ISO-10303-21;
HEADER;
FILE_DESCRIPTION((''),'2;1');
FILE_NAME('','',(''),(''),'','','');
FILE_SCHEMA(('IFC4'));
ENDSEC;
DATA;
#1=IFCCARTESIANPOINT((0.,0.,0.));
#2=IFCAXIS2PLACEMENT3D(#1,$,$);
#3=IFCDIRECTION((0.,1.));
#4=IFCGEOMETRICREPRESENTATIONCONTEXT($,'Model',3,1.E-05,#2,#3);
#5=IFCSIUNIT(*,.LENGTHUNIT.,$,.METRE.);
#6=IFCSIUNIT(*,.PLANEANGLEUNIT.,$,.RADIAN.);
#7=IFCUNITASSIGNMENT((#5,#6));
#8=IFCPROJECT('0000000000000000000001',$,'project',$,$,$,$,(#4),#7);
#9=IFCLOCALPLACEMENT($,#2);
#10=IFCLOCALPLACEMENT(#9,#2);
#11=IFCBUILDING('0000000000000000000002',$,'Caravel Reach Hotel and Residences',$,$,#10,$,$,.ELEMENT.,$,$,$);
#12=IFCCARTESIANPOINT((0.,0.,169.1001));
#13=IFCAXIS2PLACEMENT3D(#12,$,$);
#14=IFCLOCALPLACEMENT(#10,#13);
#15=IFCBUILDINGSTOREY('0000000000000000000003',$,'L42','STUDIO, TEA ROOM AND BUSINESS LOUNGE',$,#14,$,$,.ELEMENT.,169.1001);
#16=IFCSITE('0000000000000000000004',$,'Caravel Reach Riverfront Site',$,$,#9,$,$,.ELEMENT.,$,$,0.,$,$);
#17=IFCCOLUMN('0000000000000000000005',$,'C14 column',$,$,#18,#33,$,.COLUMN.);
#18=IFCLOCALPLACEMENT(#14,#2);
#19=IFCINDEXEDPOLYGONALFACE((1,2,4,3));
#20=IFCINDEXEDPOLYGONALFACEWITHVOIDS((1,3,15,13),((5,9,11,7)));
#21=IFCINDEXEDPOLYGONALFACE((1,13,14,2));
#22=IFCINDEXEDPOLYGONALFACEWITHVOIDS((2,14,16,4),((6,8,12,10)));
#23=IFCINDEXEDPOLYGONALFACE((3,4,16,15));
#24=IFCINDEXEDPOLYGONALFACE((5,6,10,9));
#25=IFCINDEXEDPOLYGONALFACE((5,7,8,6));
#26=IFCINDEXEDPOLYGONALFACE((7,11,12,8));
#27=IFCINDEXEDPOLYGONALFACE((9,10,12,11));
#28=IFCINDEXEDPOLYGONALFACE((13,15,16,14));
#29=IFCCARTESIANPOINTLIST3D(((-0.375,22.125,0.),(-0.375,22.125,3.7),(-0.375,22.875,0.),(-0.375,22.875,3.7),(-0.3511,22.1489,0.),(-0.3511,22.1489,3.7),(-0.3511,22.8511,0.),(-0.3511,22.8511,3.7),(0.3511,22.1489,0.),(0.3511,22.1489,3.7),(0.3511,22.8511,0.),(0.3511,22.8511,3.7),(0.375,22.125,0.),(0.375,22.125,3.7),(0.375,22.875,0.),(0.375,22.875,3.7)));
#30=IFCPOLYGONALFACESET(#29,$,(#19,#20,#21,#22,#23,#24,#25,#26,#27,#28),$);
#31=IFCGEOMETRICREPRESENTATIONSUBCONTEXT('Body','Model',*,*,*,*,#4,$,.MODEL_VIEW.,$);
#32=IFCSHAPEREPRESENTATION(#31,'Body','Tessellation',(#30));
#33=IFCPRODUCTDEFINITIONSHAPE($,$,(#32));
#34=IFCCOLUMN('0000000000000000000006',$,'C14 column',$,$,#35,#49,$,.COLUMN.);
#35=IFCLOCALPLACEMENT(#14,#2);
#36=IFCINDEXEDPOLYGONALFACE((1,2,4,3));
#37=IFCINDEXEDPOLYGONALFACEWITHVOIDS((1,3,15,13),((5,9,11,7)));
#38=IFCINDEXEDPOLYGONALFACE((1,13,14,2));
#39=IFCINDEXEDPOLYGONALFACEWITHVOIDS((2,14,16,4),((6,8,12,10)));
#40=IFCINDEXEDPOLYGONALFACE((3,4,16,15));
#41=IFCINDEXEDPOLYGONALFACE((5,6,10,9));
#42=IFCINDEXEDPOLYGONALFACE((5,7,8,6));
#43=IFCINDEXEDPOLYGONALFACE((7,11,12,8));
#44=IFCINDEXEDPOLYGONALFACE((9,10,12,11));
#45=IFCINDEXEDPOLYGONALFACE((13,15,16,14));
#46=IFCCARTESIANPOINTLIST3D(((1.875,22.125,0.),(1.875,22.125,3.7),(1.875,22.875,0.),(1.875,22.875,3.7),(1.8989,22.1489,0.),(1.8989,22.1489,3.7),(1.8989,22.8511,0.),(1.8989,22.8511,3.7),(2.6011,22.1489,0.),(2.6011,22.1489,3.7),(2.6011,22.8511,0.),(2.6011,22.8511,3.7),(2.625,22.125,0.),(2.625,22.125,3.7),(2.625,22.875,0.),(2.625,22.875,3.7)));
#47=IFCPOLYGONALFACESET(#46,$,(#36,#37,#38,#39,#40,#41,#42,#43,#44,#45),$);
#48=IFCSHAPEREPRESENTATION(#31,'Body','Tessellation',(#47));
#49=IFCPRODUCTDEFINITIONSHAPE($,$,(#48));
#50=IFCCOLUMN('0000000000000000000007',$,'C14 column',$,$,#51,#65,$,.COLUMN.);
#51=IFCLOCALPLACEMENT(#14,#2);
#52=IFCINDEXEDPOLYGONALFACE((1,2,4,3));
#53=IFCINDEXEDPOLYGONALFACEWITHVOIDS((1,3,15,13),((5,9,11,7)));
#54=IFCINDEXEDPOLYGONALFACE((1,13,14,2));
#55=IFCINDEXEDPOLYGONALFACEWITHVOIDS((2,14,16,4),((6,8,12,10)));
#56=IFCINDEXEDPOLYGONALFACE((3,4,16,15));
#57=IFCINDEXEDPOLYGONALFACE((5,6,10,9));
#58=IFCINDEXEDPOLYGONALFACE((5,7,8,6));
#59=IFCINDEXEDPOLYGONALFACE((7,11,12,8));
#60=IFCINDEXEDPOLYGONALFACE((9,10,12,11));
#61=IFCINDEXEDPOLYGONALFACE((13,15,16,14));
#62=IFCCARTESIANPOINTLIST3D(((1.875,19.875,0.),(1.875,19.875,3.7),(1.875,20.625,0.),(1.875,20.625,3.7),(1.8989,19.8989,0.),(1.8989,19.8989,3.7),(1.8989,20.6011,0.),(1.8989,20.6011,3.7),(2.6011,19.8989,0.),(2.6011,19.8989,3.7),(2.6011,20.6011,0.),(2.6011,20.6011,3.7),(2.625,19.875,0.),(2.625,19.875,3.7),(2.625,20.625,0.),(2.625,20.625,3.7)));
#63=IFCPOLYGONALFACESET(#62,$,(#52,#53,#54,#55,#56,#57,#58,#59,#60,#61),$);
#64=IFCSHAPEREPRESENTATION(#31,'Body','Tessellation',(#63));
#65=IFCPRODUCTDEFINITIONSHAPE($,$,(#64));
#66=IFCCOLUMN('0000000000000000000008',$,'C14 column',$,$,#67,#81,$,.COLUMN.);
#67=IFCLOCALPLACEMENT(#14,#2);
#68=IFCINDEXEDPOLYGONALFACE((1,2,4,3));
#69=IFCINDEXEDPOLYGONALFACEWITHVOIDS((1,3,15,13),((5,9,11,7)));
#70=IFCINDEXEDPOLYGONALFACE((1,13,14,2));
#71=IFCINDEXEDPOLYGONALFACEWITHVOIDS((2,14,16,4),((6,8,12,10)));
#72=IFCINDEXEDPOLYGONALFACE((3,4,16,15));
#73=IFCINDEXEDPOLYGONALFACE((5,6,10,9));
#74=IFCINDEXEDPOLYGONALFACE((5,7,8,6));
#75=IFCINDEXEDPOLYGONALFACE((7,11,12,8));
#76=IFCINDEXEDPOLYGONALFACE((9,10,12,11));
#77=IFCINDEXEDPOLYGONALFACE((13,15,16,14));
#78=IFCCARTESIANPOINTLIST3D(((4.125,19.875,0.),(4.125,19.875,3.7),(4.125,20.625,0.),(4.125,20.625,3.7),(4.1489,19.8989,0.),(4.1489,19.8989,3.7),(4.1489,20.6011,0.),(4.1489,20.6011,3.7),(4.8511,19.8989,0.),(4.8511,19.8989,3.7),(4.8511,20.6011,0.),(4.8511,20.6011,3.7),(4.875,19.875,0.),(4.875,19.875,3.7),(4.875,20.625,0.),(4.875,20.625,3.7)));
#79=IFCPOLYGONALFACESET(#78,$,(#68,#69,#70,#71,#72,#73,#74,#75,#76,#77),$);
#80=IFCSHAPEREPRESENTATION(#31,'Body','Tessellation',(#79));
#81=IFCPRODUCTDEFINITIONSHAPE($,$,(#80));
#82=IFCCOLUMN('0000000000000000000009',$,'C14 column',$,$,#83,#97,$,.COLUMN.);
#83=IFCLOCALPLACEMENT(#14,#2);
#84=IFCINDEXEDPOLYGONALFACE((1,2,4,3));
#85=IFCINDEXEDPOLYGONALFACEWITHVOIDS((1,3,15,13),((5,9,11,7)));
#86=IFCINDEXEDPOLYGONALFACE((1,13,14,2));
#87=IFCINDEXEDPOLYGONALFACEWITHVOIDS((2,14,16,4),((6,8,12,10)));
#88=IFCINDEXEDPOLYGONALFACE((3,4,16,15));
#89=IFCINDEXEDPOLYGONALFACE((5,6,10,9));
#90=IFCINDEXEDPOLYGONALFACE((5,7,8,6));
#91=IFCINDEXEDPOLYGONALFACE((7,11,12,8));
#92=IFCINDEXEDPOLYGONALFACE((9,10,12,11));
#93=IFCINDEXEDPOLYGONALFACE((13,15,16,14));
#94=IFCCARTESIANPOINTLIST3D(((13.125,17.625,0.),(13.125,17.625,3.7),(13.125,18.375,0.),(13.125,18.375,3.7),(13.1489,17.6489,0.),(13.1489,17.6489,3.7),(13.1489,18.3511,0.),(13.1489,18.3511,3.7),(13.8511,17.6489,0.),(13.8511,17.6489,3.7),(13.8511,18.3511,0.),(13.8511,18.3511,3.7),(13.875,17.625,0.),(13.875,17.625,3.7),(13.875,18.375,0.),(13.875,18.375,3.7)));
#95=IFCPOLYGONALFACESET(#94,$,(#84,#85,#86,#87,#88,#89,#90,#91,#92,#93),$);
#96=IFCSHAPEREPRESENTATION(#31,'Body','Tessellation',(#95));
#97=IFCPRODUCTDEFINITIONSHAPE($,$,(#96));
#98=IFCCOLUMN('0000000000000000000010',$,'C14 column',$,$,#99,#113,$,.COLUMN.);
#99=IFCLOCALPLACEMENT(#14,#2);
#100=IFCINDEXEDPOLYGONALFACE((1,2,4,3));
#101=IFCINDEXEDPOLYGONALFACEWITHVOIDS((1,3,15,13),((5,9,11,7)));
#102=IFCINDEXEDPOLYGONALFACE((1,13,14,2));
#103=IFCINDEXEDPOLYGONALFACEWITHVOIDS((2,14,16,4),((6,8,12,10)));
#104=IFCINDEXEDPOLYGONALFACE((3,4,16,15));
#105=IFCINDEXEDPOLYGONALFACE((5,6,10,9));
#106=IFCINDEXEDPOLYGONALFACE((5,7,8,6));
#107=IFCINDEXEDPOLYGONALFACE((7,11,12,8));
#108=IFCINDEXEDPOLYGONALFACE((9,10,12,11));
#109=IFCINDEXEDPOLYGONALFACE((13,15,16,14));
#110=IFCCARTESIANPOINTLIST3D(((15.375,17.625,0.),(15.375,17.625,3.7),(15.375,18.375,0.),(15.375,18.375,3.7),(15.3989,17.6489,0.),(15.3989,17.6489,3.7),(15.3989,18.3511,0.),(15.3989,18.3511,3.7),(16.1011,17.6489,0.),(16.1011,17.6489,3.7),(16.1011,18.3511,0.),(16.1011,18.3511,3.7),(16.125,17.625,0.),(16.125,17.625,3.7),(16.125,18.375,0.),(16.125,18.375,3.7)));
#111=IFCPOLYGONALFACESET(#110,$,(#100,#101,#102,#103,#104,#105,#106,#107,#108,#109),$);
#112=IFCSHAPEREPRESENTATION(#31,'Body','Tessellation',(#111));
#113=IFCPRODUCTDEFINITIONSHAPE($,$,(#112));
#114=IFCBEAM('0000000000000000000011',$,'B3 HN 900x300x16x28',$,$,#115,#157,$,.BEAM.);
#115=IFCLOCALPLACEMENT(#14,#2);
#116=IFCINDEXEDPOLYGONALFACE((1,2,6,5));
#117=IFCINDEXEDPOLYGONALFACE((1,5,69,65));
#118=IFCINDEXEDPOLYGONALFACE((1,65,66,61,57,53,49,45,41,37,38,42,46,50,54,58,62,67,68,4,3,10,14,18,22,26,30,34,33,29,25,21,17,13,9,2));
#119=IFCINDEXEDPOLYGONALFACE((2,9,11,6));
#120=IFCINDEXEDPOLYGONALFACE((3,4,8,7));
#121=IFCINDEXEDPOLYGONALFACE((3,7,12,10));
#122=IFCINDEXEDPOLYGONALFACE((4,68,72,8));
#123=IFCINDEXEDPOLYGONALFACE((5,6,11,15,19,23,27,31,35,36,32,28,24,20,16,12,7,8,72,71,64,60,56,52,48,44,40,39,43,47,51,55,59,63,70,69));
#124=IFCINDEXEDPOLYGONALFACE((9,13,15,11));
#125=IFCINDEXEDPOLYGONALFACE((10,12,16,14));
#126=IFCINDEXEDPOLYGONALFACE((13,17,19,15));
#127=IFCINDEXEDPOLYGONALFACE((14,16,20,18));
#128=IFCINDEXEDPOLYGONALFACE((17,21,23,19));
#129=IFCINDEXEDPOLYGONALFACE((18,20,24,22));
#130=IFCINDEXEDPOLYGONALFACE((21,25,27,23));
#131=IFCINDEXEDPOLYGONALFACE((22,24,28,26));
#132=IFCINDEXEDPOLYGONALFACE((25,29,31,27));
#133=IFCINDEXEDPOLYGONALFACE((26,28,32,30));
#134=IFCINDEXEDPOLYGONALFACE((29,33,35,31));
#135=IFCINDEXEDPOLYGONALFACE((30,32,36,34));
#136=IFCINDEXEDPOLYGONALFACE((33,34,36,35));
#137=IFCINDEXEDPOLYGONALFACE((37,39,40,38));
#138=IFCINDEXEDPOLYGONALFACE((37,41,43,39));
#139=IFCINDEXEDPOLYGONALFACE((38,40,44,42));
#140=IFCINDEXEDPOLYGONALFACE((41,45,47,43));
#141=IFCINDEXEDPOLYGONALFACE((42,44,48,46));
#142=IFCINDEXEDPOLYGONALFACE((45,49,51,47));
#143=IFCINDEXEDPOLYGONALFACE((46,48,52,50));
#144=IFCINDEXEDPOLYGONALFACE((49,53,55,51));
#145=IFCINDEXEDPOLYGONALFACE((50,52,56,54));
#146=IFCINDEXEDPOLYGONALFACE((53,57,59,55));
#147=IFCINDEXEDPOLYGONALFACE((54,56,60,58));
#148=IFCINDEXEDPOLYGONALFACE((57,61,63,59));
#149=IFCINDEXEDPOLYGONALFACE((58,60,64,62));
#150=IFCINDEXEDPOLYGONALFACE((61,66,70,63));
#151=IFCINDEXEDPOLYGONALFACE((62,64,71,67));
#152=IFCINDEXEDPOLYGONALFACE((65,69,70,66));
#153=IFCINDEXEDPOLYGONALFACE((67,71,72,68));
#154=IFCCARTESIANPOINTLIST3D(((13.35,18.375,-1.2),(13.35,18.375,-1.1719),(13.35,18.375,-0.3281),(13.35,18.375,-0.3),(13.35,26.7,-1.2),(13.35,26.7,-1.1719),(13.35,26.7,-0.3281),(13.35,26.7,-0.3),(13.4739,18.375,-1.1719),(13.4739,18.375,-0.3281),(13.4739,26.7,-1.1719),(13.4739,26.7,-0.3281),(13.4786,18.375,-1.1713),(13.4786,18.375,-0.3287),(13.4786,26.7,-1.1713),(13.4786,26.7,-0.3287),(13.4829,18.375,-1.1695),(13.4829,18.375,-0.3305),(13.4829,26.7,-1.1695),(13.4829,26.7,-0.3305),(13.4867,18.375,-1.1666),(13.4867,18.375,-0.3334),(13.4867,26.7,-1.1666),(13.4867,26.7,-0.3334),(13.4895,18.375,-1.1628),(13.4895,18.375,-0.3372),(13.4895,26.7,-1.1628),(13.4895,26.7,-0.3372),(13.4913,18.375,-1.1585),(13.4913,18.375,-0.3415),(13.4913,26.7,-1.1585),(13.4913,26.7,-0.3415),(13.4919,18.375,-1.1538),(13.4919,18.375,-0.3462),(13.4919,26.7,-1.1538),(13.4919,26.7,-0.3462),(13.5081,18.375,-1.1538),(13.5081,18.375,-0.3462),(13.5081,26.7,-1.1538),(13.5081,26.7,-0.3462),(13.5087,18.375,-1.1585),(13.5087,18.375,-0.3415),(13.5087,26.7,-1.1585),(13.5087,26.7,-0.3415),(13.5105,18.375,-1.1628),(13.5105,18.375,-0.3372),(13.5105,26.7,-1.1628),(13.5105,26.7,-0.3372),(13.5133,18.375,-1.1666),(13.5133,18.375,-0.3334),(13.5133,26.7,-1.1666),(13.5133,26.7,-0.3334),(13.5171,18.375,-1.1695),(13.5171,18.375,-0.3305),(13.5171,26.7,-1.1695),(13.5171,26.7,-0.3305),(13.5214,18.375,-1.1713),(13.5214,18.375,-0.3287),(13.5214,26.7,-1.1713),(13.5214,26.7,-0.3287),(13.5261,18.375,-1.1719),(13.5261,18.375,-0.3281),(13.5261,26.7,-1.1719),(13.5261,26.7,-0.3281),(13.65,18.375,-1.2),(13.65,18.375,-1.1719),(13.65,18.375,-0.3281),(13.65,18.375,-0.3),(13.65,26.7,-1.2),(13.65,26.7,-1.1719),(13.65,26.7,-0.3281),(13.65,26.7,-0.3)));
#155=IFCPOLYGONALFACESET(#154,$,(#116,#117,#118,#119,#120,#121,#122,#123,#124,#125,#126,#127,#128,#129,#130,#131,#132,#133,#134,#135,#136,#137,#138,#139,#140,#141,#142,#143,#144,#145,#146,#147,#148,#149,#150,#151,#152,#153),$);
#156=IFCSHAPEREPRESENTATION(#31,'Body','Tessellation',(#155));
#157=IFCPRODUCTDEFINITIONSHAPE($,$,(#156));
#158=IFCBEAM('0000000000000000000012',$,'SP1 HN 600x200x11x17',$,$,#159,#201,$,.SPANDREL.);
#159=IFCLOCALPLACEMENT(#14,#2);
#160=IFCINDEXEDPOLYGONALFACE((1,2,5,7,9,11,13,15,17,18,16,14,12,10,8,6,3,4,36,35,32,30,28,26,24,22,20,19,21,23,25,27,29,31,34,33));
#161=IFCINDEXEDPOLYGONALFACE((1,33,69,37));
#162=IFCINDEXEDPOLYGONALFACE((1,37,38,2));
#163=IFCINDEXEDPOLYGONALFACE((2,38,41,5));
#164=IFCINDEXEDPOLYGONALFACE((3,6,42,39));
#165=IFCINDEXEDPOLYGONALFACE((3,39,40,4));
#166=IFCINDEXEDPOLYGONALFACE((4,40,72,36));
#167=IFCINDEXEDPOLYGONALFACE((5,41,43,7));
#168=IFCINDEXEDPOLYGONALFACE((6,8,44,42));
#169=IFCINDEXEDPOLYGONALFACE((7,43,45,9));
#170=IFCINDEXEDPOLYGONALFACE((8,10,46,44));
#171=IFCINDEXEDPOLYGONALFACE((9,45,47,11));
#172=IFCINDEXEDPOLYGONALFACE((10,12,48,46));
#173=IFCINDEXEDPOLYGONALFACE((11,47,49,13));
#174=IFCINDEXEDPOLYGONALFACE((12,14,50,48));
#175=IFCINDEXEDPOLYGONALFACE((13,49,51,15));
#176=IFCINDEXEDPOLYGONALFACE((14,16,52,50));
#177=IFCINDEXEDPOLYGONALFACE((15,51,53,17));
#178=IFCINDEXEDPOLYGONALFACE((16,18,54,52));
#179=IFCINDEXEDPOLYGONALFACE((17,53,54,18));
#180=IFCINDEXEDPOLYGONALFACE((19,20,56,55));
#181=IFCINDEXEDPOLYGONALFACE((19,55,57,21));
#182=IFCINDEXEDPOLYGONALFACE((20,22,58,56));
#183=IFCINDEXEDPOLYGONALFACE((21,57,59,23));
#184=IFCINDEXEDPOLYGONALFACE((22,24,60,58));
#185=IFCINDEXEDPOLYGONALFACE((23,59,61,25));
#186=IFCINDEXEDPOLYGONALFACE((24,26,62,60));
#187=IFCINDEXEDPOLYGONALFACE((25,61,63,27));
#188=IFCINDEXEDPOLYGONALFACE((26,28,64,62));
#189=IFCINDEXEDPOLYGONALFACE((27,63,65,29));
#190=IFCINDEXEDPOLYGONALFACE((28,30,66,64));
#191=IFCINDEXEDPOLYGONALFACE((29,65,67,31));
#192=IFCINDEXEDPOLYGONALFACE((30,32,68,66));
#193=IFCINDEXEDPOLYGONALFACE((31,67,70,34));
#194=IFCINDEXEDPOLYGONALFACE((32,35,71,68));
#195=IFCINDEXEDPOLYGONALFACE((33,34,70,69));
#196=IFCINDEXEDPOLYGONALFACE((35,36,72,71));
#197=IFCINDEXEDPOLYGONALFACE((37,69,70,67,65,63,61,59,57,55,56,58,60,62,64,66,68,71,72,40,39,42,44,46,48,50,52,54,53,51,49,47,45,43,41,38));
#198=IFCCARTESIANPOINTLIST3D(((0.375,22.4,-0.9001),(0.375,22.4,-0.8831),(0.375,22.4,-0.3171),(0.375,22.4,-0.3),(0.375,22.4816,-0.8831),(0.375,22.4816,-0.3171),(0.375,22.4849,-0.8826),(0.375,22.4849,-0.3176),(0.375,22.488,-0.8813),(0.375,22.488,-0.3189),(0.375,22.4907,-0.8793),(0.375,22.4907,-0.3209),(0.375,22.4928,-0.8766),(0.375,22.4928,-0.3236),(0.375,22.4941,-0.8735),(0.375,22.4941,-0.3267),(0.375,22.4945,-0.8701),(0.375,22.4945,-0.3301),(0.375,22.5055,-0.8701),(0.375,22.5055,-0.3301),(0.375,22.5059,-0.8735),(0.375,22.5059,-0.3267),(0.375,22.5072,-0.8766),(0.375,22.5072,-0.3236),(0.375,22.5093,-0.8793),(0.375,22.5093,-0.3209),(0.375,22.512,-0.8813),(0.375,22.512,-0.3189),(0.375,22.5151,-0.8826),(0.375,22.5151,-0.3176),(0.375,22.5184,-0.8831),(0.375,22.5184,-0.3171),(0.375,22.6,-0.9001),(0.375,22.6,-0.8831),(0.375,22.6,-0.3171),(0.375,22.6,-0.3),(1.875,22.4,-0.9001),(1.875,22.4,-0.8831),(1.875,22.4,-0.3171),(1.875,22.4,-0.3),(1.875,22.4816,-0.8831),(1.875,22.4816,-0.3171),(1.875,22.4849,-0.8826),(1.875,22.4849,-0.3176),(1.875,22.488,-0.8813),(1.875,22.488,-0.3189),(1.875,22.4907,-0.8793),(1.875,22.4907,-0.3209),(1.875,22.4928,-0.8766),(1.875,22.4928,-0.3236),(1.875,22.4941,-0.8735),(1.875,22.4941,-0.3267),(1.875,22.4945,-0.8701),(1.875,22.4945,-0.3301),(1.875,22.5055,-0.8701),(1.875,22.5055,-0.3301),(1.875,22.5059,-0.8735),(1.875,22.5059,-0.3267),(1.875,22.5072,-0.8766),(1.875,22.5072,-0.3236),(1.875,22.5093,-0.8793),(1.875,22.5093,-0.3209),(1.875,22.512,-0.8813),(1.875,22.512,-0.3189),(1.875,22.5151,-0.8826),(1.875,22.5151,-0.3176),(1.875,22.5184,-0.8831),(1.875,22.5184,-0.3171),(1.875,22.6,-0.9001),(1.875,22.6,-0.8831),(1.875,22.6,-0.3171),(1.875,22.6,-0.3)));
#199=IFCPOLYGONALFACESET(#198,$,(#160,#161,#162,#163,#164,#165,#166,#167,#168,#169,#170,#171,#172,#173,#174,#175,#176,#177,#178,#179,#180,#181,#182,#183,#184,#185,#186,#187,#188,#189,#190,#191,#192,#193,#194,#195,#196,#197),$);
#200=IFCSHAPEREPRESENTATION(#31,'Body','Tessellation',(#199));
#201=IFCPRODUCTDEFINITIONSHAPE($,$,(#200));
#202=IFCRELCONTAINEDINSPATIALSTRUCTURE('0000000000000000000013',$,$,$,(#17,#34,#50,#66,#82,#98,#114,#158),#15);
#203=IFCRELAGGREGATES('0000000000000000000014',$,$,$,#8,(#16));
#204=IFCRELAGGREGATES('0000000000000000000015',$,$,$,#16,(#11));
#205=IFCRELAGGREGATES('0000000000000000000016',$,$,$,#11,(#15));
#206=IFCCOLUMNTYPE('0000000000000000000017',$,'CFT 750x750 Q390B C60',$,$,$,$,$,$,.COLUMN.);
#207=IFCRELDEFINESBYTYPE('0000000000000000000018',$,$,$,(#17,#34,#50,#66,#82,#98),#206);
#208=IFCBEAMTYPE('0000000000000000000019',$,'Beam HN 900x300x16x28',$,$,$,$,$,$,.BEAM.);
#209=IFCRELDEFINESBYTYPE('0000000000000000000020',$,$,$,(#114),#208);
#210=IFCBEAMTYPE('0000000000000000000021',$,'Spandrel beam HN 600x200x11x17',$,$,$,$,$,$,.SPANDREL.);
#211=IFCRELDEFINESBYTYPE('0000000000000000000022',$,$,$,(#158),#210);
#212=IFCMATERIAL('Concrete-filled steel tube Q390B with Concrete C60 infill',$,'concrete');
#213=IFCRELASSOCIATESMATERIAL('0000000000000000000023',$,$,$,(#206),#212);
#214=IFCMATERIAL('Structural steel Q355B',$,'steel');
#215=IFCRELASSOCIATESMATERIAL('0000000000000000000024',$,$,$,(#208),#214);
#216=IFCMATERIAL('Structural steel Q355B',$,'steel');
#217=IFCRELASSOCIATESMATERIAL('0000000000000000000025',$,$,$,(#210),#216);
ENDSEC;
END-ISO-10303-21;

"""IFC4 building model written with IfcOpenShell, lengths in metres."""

from ifc_helpers import new_model, si_unit, direction, frame, origin, origin_2d, place, context, subcontext, project, spatial, hollow_rectangle, i_section, extrude, material, material_profile, profile_set, type_object, element, save


model = new_model("IFC4")

# Units and contexts
model_context = context("Model", 3, precision=1e-05, world=origin(), true_north=direction((0.0, 1.0)))
body_context = subcontext(model_context, "Body", "Model", "MODEL_VIEW")
ifc_project = project(units=[si_unit("LENGTHUNIT", "METRE"), si_unit("PLANEANGLEUNIT", "RADIAN")], contexts=[model_context])

# Site, building, storey
site_placement = place(None, origin())
site = spatial("IfcSite", under=ifc_project, at=site_placement, Name="Caravel Reach Riverfront Site", CompositionType="ELEMENT", RefElevation=0.0)
building_placement = place(site_placement, origin())
building = spatial("IfcBuilding", under=site, at=building_placement, Name="Caravel Reach Hotel and Residences", CompositionType="ELEMENT")
storey_placement = place(building_placement, frame((0.0, 0.0, 169.1001)))
storey = spatial("IfcBuildingStorey", under=building, at=storey_placement, Name="L42", Description="STUDIO, TEA ROOM AND BUSINESS LOUNGE", CompositionType="ELEMENT", Elevation=169.1001)

# Columns
ifc_material_1 = material(Name="Concrete-filled steel tube Q390B with Concrete C60 infill", Category="concrete")
ifc_material_profile_1 = material_profile(ifc_material_1, hollow_rectangle(XDim=0.75, YDim=0.75, WallThickness=0.0239, at=origin_2d()), Name="RHS 750x750x24")
ifc_profile_set_1 = profile_set([ifc_material_profile_1], Name="Concrete-filled steel tube Q390B with Concrete C60 infill")
column_type = type_object("IfcColumnType", Name="CFT 750x750 Q390B C60", PredefinedType="COLUMN", material=ifc_profile_set_1)
for number, where, z_axis, x_axis, name in (
    (1, (0.0, 22.5, 0.0), (0.0, 0.0, 1.0), (1.0, 0.0, 0.0), "C14 column"),
    (2, (2.25, 22.5, 0.0), (0.0, 0.0, 1.0), (1.0, 0.0, 0.0), "C14 column"),
    (3, (2.25, 20.25, 0.0), (0.0, 0.0, 1.0), (1.0, 0.0, 0.0), "C14 column"),
    (4, (4.5, 20.25, 0.0), (0.0, 0.0, 1.0), (1.0, 0.0, 0.0), "C14 column"),
    (5, (13.5, 18.0, 0.0), (0.0, 0.0, 1.0), (1.0, 0.0, 0.0), "C14 column"),
    (6, (15.75, 18.0, 0.0), (0.0, 0.0, 1.0), (1.0, 0.0, 0.0), "C14 column"),
):
    element("IfcColumn", number, at=place(storey_placement, frame(where, z_axis=z_axis, x_axis=x_axis)), inside=storey, type_object=column_type, Name=name, PredefinedType="COLUMN", context=body_context, shape_type="SweptSolid", body=[
        extrude(hollow_rectangle(XDim=0.75, YDim=0.75, WallThickness=0.0239, at=origin_2d()), origin(), (0.0, 0.0, 1.0), 3.7),
    ])

# Beams
ifc_material_2 = material(Name="Structural steel Q355B", Category="steel")
ifc_material_profile_2 = material_profile(ifc_material_2, i_section(OverallWidth=0.3, OverallDepth=0.8999, WebThickness=0.0161, FlangeThickness=0.0281, FilletRadius=0.0181, at=origin_2d()), Name="HN 900x300x16x28")
ifc_profile_set_2 = profile_set([ifc_material_profile_2], Name="Structural steel Q355B")
beam_type_1 = type_object("IfcBeamType", Name="Beam HN 900x300x16x28", PredefinedType="BEAM", material=ifc_profile_set_2)
beam_1_placement = place(storey_placement, frame((13.5, 18.375, -0.75), z_axis=(0.0, 1.0, 0.0), x_axis=(-1.0, 0.0, 0.0)))
element("IfcBeam", 7, at=beam_1_placement, inside=storey, type_object=beam_type_1, Name="B3 HN 900x300x16x28", PredefinedType="BEAM", context=body_context, shape_type="SweptSolid", body=[
    extrude(i_section(OverallWidth=0.3, OverallDepth=0.8999, WebThickness=0.0161, FlangeThickness=0.0281, FilletRadius=0.0181, at=origin_2d()), origin(), (0.0, 0.0, 1.0), 8.325),
])
ifc_material_3 = material(Name="Structural steel Q355B", Category="steel")
ifc_material_profile_3 = material_profile(ifc_material_3, i_section(OverallWidth=0.2, OverallDepth=0.6001, WebThickness=0.011, FlangeThickness=0.0171, FilletRadius=0.0129, at=origin_2d()), Name="HN 600x200x11x17")
ifc_profile_set_3 = profile_set([ifc_material_profile_3], Name="Structural steel Q355B")
beam_type_2 = type_object("IfcBeamType", Name="Spandrel beam HN 600x200x11x17", PredefinedType="SPANDREL", material=ifc_profile_set_3)
for number, where, z_axis, x_axis, name in (
    (8, (0.375, 22.5, -0.6001), (1.0, 0.0, 0.0), (0.0, 1.0, 0.0), "SP1 HN 600x200x11x17"),
):
    element("IfcBeam", number, at=place(storey_placement, frame(where, z_axis=z_axis, x_axis=x_axis)), inside=storey, type_object=beam_type_2, Name=name, PredefinedType="SPANDREL", context=body_context, shape_type="SweptSolid", body=[
        extrude(i_section(OverallWidth=0.2, OverallDepth=0.6001, WebThickness=0.011, FlangeThickness=0.0171, FilletRadius=0.0129, at=origin_2d()), origin(), (0.0, 0.0, 1.0), 1.5),
    ])

save(model, "model.ifc")
